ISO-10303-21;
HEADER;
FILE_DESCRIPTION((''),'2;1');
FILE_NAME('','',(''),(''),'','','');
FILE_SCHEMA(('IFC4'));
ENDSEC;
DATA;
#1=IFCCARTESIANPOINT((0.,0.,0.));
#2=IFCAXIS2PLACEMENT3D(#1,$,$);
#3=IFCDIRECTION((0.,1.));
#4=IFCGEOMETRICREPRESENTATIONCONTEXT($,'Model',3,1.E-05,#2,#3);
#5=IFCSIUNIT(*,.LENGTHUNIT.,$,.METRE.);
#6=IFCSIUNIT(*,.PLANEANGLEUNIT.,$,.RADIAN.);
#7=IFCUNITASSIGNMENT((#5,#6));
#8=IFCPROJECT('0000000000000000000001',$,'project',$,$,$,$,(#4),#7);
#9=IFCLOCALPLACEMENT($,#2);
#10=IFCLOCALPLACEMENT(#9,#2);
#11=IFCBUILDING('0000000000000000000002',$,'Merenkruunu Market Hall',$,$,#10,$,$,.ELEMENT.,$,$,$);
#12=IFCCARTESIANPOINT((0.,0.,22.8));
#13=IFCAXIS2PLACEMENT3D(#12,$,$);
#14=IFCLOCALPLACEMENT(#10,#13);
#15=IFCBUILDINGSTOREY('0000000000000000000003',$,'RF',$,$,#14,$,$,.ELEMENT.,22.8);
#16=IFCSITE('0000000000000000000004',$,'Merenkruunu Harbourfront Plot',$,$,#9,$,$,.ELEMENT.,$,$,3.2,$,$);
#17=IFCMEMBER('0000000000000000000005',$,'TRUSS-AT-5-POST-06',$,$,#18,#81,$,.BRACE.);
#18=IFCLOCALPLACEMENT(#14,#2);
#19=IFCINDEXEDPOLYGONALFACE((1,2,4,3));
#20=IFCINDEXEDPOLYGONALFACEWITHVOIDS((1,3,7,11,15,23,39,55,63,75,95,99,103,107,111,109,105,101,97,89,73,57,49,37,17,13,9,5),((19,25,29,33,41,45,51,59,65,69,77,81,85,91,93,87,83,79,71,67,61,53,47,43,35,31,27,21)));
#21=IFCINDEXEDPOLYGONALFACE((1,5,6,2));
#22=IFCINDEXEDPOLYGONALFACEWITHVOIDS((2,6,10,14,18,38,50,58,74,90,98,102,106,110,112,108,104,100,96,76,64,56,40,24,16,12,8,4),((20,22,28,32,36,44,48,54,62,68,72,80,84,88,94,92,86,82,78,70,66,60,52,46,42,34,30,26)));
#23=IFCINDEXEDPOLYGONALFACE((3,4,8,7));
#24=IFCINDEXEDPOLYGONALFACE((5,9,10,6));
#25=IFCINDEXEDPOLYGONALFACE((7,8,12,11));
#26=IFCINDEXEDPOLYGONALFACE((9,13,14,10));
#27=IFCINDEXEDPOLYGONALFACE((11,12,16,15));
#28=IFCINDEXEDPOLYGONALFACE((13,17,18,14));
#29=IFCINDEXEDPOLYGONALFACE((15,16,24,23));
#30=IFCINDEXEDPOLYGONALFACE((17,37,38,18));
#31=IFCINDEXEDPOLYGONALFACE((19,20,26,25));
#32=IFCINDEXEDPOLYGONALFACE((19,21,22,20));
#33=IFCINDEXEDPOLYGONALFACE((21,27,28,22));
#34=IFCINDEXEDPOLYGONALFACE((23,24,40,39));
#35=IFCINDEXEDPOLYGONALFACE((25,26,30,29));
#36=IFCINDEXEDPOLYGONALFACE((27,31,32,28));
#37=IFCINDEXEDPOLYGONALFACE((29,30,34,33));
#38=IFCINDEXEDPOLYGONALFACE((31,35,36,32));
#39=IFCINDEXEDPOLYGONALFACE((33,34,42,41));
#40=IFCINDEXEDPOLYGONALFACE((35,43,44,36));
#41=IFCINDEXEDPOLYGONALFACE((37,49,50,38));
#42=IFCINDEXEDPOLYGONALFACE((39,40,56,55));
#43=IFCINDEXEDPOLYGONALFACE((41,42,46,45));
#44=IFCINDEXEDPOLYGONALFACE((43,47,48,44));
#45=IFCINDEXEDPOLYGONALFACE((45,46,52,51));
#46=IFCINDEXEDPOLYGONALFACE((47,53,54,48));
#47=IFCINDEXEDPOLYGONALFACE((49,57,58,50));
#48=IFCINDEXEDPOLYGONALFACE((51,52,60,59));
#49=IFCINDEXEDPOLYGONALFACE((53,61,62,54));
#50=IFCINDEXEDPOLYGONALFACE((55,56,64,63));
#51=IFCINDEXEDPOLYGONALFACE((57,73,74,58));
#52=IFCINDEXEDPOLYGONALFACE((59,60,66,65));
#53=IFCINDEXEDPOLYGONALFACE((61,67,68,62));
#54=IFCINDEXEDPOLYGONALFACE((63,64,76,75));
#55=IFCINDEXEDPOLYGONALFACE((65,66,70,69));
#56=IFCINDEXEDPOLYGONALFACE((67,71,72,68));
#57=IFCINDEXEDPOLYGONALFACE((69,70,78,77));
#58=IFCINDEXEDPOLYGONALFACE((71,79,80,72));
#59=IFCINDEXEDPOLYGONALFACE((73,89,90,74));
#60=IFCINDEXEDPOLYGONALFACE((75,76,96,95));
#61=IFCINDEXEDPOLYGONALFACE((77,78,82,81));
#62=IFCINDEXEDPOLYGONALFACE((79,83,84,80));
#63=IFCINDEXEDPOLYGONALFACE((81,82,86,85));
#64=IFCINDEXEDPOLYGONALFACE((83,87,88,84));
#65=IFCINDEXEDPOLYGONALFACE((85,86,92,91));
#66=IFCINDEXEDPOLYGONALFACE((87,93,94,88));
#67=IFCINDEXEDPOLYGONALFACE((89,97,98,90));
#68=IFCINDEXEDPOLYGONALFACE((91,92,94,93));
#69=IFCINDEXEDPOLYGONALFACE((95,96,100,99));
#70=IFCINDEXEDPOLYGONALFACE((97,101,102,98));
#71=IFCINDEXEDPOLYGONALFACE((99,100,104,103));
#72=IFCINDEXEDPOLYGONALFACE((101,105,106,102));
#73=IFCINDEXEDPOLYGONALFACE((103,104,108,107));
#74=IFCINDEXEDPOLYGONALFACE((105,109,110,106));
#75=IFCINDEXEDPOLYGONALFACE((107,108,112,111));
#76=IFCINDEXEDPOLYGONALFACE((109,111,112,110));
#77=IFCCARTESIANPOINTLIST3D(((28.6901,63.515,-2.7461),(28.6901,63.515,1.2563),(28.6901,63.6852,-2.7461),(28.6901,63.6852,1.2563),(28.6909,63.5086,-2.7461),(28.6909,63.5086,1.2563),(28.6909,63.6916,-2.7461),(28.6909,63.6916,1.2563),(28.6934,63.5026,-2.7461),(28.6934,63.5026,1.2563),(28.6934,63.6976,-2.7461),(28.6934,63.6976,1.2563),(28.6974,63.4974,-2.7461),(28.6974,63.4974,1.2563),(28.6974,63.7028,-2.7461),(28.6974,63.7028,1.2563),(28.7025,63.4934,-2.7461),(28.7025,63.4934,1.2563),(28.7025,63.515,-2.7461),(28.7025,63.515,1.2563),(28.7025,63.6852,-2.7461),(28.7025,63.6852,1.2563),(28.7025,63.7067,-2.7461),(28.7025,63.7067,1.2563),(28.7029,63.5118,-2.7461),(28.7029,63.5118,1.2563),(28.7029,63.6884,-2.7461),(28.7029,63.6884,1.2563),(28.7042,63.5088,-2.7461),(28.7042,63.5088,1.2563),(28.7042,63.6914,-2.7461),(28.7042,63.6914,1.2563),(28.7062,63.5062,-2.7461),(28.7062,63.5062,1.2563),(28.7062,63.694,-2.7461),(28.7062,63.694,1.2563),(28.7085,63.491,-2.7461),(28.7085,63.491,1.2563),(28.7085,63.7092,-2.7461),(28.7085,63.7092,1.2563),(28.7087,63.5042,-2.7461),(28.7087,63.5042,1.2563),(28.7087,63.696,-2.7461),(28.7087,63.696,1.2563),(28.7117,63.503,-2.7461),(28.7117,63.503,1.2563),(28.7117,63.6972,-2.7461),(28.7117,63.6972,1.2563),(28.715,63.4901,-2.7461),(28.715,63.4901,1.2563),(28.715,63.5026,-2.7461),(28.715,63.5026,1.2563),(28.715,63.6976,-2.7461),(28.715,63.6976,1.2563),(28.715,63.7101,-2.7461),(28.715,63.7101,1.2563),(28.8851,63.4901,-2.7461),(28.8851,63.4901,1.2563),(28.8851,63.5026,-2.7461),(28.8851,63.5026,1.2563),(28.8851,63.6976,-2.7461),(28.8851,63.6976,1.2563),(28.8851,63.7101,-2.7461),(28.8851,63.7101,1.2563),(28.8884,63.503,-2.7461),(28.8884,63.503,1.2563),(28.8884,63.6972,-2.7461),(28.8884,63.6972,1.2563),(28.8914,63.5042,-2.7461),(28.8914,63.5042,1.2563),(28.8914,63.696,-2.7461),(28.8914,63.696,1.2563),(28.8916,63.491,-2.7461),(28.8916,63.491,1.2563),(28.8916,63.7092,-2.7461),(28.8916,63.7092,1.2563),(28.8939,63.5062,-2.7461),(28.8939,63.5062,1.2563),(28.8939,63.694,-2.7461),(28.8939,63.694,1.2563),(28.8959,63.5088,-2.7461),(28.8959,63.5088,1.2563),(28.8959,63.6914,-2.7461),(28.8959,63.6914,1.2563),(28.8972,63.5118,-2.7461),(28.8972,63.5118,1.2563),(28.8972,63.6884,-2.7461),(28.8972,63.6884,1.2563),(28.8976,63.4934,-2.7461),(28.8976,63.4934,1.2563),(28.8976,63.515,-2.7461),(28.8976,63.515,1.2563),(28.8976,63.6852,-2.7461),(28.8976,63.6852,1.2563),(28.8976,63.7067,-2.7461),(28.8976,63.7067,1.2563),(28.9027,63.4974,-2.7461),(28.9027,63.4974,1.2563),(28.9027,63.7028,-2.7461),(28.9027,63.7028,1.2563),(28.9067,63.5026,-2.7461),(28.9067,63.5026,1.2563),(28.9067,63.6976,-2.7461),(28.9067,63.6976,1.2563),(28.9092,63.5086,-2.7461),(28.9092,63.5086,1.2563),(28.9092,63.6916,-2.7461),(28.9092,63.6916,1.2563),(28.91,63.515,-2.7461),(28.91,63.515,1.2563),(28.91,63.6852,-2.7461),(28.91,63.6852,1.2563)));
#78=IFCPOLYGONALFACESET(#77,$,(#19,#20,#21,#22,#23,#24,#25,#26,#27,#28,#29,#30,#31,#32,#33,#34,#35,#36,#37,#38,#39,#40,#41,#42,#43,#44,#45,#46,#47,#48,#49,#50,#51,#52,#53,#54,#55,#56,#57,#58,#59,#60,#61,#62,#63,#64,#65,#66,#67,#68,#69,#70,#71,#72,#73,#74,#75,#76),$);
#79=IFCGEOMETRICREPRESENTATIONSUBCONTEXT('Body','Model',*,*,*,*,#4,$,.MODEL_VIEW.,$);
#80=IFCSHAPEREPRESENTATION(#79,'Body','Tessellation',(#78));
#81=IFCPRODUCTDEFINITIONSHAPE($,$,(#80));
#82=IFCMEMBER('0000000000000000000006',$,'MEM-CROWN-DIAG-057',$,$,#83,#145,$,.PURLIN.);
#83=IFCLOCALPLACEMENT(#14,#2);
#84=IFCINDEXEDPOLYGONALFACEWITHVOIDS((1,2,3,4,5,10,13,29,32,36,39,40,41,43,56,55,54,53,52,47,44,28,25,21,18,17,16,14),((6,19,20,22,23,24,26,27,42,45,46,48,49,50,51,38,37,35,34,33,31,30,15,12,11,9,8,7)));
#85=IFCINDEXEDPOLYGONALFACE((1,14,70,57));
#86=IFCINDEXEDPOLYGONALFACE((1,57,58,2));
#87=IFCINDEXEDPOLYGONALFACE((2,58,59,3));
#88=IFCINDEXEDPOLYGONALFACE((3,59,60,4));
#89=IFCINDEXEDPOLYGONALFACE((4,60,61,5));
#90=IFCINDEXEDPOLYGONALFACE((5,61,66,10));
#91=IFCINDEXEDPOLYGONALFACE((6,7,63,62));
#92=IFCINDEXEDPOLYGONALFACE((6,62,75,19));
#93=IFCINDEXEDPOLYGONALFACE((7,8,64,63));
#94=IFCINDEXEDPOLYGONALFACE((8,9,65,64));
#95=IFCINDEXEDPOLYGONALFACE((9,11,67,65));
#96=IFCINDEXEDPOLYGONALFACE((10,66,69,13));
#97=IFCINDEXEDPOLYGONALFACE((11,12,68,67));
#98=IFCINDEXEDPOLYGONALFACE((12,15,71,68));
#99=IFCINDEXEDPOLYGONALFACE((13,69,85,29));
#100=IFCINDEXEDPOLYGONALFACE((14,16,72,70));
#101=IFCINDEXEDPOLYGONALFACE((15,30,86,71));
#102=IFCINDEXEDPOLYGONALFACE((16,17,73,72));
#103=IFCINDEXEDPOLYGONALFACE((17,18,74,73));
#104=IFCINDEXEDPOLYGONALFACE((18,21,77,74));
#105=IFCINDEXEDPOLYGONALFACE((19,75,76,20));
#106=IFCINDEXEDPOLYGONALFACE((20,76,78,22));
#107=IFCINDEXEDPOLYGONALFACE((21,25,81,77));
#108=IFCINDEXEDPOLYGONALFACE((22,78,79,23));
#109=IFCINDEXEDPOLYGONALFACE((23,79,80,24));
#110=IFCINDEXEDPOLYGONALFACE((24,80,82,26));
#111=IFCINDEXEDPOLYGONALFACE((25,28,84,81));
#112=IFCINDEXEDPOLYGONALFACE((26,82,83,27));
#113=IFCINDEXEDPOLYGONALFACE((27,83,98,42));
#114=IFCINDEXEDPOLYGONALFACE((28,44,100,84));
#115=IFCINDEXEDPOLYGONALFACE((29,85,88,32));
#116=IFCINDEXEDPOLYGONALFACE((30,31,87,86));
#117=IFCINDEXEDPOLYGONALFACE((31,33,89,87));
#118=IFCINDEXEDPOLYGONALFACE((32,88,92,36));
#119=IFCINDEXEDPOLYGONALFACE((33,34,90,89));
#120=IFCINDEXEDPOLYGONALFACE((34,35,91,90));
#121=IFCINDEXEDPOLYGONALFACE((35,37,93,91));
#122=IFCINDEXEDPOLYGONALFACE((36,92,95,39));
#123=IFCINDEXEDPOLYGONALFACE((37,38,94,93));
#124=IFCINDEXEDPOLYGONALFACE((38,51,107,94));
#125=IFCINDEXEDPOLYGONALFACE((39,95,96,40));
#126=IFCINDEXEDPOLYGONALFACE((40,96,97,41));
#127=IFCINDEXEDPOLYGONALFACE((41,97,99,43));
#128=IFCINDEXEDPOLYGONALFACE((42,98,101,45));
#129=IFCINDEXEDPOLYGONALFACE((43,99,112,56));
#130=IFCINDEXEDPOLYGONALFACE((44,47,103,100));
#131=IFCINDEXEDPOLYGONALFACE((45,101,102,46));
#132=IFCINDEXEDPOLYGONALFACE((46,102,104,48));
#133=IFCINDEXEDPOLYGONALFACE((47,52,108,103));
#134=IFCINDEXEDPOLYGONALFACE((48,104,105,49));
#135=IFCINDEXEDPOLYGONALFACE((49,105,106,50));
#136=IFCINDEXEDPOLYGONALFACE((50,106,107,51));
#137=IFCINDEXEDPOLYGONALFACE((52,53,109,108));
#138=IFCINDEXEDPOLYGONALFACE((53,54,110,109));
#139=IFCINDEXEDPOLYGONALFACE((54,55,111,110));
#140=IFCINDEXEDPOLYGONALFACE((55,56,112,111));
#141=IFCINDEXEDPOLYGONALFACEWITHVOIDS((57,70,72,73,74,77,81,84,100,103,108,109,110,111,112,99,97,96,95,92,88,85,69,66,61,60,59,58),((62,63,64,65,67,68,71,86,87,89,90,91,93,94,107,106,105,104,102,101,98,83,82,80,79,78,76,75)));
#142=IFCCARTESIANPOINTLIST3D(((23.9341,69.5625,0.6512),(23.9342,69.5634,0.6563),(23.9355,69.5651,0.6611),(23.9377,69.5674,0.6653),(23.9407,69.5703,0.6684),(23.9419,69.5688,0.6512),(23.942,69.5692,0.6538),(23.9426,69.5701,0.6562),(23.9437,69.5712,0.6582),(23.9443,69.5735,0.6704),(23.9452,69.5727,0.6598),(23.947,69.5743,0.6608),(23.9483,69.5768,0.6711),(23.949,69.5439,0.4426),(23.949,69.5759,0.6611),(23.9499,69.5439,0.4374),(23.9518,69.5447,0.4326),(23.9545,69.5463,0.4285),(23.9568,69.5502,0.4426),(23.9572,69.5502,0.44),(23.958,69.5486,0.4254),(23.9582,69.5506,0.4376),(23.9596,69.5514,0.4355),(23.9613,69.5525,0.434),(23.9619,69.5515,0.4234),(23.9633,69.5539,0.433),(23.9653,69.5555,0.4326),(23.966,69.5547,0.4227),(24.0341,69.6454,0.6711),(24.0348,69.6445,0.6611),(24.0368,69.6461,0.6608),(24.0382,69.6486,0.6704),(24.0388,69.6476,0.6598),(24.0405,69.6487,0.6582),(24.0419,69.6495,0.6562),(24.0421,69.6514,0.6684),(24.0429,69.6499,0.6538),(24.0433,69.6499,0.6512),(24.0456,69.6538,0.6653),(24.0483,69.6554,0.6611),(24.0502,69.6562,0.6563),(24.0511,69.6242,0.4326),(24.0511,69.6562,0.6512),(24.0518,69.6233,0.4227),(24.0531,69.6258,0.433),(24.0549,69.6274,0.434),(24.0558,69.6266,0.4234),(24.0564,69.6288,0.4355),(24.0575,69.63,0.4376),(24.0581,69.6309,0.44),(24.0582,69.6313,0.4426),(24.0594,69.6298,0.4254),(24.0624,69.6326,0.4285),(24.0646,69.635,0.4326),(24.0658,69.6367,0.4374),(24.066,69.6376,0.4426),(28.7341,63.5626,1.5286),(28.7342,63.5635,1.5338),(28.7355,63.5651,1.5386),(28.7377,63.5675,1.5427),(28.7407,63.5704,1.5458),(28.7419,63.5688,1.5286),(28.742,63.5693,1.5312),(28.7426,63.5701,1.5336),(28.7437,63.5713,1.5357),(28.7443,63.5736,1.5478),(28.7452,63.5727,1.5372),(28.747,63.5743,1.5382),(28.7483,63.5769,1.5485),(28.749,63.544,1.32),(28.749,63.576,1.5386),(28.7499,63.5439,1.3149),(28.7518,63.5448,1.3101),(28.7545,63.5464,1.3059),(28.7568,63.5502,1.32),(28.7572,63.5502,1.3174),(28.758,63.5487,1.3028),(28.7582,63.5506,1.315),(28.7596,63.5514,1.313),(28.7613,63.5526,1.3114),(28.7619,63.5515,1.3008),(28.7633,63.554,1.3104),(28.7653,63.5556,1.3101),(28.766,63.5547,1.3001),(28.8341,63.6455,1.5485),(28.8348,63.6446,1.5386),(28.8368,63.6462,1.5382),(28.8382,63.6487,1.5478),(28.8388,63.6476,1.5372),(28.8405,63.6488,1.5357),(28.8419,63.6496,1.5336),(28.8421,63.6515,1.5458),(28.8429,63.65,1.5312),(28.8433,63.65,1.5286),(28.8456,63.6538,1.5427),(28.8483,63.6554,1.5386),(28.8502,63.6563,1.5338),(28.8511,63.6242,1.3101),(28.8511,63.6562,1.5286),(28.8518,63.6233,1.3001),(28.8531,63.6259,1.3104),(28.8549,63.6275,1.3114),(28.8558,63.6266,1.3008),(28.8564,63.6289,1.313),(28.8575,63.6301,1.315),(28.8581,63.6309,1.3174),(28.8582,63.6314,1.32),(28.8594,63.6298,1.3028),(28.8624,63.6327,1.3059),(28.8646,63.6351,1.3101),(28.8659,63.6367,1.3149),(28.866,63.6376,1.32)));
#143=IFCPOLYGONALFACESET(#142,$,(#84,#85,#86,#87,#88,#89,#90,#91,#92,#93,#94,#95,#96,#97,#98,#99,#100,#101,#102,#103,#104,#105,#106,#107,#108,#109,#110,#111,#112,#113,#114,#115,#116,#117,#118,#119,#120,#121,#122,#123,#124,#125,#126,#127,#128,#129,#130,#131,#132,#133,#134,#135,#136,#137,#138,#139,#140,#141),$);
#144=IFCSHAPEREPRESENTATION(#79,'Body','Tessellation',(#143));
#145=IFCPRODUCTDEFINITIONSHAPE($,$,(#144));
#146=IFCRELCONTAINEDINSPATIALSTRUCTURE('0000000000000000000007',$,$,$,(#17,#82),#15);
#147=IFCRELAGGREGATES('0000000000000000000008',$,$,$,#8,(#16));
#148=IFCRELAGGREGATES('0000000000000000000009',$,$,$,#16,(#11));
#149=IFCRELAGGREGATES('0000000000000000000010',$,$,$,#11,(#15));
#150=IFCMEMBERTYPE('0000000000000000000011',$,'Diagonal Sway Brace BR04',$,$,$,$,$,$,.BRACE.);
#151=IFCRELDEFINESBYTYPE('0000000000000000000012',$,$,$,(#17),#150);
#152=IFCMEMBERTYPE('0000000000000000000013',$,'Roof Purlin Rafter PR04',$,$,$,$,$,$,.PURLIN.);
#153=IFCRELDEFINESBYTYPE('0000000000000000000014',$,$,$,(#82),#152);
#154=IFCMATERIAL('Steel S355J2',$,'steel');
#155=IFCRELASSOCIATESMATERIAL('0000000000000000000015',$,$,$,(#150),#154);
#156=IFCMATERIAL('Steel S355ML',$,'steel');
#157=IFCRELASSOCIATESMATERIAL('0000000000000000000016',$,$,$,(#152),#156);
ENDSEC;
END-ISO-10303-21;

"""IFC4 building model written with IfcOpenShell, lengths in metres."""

from ifc_helpers import new_model, si_unit, direction, frame, origin, origin_2d, place, context, subcontext, project, spatial, hollow_rectangle, extrude, material, material_profile, profile_set, type_object, element, save


model = new_model("IFC4")

# Units and contexts
model_context = context("Model", 3, precision=1e-05, world=origin(), true_north=direction((0.0, 1.0)))
body_context = subcontext(model_context, "Body", "Model", "MODEL_VIEW")
ifc_project = project(units=[si_unit("LENGTHUNIT", "METRE"), si_unit("PLANEANGLEUNIT", "RADIAN")], contexts=[model_context])

# Site, building, storey
site_placement = place(None, origin())
site = spatial("IfcSite", under=ifc_project, at=site_placement, Name="Merenkruunu Harbourfront Plot", CompositionType="ELEMENT", RefElevation=3.2)
building_placement = place(site_placement, origin())
building = spatial("IfcBuilding", under=site, at=building_placement, Name="Merenkruunu Market Hall", CompositionType="ELEMENT")
storey_placement = place(building_placement, frame((0.0, 0.0, 22.8)))
storey = spatial("IfcBuildingStorey", under=building, at=storey_placement, Name="RF", CompositionType="ELEMENT", Elevation=22.8)

# Members
ifc_material_1 = material(Name="Steel S355ML", Category="steel")
ifc_material_2 = material(Name="Steel S355J2", Category="steel")
ifc_material_profile_1 = material_profile(ifc_material_2, hollow_rectangle(XDim=0.22, YDim=0.22, WallThickness=0.0125, InnerFilletRadius=0.0125, OuterFilletRadius=0.0249, at=origin_2d()), Name="SHS 220x220x12.5")
ifc_profile_set_1 = profile_set([ifc_material_profile_1], Name="Steel S355J2")
member_type_1 = type_object("IfcMemberType", Name="Diagonal Sway Brace BR04", PredefinedType="BRACE", material=ifc_profile_set_1)
member_1_placement = place(storey_placement, frame((28.8, 63.6001, -2.7461), z_axis=(0.0, 0.0, 1.0), x_axis=(1.0, 0.0, 0.0)))
element("IfcMember", 1, at=member_1_placement, inside=storey, type_object=member_type_1, Name="TRUSS-AT-5-POST-06", PredefinedType="BRACE", context=body_context, shape_type="SweptSolid", body=[
    extrude(hollow_rectangle(XDim=0.22, YDim=0.22, WallThickness=0.0125, InnerFilletRadius=0.0125, OuterFilletRadius=0.0249, at=origin_2d()), origin(), (0.0, 0.0, 1.0), 4.0024),
])
ifc_material_profile_2 = material_profile(ifc_material_1, hollow_rectangle(XDim=0.1499, YDim=0.25, WallThickness=0.01, InnerFilletRadius=0.01, OuterFilletRadius=0.02, at=origin_2d()), Name="RHS 250x150x10")
ifc_profile_set_2 = profile_set([ifc_material_profile_2], Name="Steel S355ML")
member_type_2 = type_object("IfcMemberType", Name="Roof Purlin Rafter PR04", PredefinedType="PURLIN", material=ifc_profile_set_2)
for number, where, z_axis, x_axis, name in (
    (2, (28.8, 63.6001, 1.4243), (-0.620665, 0.775824, -0.113457), (-0.780866, -0.624699, 0.0), "MEM-CROWN-DIAG-057"),
):
    element("IfcMember", number, at=place(storey_placement, frame(where, z_axis=z_axis, x_axis=x_axis)), inside=storey, type_object=member_type_2, Name=name, PredefinedType="PURLIN", context=body_context, shape_type="SweptSolid", body=[
        extrude(hollow_rectangle(XDim=0.1499, YDim=0.25, WallThickness=0.01, InnerFilletRadius=0.01, OuterFilletRadius=0.02, at=origin_2d()), origin(), (0.0, 0.0, 1.0), 7.7336),
    ])

save(model, "model.ifc")
